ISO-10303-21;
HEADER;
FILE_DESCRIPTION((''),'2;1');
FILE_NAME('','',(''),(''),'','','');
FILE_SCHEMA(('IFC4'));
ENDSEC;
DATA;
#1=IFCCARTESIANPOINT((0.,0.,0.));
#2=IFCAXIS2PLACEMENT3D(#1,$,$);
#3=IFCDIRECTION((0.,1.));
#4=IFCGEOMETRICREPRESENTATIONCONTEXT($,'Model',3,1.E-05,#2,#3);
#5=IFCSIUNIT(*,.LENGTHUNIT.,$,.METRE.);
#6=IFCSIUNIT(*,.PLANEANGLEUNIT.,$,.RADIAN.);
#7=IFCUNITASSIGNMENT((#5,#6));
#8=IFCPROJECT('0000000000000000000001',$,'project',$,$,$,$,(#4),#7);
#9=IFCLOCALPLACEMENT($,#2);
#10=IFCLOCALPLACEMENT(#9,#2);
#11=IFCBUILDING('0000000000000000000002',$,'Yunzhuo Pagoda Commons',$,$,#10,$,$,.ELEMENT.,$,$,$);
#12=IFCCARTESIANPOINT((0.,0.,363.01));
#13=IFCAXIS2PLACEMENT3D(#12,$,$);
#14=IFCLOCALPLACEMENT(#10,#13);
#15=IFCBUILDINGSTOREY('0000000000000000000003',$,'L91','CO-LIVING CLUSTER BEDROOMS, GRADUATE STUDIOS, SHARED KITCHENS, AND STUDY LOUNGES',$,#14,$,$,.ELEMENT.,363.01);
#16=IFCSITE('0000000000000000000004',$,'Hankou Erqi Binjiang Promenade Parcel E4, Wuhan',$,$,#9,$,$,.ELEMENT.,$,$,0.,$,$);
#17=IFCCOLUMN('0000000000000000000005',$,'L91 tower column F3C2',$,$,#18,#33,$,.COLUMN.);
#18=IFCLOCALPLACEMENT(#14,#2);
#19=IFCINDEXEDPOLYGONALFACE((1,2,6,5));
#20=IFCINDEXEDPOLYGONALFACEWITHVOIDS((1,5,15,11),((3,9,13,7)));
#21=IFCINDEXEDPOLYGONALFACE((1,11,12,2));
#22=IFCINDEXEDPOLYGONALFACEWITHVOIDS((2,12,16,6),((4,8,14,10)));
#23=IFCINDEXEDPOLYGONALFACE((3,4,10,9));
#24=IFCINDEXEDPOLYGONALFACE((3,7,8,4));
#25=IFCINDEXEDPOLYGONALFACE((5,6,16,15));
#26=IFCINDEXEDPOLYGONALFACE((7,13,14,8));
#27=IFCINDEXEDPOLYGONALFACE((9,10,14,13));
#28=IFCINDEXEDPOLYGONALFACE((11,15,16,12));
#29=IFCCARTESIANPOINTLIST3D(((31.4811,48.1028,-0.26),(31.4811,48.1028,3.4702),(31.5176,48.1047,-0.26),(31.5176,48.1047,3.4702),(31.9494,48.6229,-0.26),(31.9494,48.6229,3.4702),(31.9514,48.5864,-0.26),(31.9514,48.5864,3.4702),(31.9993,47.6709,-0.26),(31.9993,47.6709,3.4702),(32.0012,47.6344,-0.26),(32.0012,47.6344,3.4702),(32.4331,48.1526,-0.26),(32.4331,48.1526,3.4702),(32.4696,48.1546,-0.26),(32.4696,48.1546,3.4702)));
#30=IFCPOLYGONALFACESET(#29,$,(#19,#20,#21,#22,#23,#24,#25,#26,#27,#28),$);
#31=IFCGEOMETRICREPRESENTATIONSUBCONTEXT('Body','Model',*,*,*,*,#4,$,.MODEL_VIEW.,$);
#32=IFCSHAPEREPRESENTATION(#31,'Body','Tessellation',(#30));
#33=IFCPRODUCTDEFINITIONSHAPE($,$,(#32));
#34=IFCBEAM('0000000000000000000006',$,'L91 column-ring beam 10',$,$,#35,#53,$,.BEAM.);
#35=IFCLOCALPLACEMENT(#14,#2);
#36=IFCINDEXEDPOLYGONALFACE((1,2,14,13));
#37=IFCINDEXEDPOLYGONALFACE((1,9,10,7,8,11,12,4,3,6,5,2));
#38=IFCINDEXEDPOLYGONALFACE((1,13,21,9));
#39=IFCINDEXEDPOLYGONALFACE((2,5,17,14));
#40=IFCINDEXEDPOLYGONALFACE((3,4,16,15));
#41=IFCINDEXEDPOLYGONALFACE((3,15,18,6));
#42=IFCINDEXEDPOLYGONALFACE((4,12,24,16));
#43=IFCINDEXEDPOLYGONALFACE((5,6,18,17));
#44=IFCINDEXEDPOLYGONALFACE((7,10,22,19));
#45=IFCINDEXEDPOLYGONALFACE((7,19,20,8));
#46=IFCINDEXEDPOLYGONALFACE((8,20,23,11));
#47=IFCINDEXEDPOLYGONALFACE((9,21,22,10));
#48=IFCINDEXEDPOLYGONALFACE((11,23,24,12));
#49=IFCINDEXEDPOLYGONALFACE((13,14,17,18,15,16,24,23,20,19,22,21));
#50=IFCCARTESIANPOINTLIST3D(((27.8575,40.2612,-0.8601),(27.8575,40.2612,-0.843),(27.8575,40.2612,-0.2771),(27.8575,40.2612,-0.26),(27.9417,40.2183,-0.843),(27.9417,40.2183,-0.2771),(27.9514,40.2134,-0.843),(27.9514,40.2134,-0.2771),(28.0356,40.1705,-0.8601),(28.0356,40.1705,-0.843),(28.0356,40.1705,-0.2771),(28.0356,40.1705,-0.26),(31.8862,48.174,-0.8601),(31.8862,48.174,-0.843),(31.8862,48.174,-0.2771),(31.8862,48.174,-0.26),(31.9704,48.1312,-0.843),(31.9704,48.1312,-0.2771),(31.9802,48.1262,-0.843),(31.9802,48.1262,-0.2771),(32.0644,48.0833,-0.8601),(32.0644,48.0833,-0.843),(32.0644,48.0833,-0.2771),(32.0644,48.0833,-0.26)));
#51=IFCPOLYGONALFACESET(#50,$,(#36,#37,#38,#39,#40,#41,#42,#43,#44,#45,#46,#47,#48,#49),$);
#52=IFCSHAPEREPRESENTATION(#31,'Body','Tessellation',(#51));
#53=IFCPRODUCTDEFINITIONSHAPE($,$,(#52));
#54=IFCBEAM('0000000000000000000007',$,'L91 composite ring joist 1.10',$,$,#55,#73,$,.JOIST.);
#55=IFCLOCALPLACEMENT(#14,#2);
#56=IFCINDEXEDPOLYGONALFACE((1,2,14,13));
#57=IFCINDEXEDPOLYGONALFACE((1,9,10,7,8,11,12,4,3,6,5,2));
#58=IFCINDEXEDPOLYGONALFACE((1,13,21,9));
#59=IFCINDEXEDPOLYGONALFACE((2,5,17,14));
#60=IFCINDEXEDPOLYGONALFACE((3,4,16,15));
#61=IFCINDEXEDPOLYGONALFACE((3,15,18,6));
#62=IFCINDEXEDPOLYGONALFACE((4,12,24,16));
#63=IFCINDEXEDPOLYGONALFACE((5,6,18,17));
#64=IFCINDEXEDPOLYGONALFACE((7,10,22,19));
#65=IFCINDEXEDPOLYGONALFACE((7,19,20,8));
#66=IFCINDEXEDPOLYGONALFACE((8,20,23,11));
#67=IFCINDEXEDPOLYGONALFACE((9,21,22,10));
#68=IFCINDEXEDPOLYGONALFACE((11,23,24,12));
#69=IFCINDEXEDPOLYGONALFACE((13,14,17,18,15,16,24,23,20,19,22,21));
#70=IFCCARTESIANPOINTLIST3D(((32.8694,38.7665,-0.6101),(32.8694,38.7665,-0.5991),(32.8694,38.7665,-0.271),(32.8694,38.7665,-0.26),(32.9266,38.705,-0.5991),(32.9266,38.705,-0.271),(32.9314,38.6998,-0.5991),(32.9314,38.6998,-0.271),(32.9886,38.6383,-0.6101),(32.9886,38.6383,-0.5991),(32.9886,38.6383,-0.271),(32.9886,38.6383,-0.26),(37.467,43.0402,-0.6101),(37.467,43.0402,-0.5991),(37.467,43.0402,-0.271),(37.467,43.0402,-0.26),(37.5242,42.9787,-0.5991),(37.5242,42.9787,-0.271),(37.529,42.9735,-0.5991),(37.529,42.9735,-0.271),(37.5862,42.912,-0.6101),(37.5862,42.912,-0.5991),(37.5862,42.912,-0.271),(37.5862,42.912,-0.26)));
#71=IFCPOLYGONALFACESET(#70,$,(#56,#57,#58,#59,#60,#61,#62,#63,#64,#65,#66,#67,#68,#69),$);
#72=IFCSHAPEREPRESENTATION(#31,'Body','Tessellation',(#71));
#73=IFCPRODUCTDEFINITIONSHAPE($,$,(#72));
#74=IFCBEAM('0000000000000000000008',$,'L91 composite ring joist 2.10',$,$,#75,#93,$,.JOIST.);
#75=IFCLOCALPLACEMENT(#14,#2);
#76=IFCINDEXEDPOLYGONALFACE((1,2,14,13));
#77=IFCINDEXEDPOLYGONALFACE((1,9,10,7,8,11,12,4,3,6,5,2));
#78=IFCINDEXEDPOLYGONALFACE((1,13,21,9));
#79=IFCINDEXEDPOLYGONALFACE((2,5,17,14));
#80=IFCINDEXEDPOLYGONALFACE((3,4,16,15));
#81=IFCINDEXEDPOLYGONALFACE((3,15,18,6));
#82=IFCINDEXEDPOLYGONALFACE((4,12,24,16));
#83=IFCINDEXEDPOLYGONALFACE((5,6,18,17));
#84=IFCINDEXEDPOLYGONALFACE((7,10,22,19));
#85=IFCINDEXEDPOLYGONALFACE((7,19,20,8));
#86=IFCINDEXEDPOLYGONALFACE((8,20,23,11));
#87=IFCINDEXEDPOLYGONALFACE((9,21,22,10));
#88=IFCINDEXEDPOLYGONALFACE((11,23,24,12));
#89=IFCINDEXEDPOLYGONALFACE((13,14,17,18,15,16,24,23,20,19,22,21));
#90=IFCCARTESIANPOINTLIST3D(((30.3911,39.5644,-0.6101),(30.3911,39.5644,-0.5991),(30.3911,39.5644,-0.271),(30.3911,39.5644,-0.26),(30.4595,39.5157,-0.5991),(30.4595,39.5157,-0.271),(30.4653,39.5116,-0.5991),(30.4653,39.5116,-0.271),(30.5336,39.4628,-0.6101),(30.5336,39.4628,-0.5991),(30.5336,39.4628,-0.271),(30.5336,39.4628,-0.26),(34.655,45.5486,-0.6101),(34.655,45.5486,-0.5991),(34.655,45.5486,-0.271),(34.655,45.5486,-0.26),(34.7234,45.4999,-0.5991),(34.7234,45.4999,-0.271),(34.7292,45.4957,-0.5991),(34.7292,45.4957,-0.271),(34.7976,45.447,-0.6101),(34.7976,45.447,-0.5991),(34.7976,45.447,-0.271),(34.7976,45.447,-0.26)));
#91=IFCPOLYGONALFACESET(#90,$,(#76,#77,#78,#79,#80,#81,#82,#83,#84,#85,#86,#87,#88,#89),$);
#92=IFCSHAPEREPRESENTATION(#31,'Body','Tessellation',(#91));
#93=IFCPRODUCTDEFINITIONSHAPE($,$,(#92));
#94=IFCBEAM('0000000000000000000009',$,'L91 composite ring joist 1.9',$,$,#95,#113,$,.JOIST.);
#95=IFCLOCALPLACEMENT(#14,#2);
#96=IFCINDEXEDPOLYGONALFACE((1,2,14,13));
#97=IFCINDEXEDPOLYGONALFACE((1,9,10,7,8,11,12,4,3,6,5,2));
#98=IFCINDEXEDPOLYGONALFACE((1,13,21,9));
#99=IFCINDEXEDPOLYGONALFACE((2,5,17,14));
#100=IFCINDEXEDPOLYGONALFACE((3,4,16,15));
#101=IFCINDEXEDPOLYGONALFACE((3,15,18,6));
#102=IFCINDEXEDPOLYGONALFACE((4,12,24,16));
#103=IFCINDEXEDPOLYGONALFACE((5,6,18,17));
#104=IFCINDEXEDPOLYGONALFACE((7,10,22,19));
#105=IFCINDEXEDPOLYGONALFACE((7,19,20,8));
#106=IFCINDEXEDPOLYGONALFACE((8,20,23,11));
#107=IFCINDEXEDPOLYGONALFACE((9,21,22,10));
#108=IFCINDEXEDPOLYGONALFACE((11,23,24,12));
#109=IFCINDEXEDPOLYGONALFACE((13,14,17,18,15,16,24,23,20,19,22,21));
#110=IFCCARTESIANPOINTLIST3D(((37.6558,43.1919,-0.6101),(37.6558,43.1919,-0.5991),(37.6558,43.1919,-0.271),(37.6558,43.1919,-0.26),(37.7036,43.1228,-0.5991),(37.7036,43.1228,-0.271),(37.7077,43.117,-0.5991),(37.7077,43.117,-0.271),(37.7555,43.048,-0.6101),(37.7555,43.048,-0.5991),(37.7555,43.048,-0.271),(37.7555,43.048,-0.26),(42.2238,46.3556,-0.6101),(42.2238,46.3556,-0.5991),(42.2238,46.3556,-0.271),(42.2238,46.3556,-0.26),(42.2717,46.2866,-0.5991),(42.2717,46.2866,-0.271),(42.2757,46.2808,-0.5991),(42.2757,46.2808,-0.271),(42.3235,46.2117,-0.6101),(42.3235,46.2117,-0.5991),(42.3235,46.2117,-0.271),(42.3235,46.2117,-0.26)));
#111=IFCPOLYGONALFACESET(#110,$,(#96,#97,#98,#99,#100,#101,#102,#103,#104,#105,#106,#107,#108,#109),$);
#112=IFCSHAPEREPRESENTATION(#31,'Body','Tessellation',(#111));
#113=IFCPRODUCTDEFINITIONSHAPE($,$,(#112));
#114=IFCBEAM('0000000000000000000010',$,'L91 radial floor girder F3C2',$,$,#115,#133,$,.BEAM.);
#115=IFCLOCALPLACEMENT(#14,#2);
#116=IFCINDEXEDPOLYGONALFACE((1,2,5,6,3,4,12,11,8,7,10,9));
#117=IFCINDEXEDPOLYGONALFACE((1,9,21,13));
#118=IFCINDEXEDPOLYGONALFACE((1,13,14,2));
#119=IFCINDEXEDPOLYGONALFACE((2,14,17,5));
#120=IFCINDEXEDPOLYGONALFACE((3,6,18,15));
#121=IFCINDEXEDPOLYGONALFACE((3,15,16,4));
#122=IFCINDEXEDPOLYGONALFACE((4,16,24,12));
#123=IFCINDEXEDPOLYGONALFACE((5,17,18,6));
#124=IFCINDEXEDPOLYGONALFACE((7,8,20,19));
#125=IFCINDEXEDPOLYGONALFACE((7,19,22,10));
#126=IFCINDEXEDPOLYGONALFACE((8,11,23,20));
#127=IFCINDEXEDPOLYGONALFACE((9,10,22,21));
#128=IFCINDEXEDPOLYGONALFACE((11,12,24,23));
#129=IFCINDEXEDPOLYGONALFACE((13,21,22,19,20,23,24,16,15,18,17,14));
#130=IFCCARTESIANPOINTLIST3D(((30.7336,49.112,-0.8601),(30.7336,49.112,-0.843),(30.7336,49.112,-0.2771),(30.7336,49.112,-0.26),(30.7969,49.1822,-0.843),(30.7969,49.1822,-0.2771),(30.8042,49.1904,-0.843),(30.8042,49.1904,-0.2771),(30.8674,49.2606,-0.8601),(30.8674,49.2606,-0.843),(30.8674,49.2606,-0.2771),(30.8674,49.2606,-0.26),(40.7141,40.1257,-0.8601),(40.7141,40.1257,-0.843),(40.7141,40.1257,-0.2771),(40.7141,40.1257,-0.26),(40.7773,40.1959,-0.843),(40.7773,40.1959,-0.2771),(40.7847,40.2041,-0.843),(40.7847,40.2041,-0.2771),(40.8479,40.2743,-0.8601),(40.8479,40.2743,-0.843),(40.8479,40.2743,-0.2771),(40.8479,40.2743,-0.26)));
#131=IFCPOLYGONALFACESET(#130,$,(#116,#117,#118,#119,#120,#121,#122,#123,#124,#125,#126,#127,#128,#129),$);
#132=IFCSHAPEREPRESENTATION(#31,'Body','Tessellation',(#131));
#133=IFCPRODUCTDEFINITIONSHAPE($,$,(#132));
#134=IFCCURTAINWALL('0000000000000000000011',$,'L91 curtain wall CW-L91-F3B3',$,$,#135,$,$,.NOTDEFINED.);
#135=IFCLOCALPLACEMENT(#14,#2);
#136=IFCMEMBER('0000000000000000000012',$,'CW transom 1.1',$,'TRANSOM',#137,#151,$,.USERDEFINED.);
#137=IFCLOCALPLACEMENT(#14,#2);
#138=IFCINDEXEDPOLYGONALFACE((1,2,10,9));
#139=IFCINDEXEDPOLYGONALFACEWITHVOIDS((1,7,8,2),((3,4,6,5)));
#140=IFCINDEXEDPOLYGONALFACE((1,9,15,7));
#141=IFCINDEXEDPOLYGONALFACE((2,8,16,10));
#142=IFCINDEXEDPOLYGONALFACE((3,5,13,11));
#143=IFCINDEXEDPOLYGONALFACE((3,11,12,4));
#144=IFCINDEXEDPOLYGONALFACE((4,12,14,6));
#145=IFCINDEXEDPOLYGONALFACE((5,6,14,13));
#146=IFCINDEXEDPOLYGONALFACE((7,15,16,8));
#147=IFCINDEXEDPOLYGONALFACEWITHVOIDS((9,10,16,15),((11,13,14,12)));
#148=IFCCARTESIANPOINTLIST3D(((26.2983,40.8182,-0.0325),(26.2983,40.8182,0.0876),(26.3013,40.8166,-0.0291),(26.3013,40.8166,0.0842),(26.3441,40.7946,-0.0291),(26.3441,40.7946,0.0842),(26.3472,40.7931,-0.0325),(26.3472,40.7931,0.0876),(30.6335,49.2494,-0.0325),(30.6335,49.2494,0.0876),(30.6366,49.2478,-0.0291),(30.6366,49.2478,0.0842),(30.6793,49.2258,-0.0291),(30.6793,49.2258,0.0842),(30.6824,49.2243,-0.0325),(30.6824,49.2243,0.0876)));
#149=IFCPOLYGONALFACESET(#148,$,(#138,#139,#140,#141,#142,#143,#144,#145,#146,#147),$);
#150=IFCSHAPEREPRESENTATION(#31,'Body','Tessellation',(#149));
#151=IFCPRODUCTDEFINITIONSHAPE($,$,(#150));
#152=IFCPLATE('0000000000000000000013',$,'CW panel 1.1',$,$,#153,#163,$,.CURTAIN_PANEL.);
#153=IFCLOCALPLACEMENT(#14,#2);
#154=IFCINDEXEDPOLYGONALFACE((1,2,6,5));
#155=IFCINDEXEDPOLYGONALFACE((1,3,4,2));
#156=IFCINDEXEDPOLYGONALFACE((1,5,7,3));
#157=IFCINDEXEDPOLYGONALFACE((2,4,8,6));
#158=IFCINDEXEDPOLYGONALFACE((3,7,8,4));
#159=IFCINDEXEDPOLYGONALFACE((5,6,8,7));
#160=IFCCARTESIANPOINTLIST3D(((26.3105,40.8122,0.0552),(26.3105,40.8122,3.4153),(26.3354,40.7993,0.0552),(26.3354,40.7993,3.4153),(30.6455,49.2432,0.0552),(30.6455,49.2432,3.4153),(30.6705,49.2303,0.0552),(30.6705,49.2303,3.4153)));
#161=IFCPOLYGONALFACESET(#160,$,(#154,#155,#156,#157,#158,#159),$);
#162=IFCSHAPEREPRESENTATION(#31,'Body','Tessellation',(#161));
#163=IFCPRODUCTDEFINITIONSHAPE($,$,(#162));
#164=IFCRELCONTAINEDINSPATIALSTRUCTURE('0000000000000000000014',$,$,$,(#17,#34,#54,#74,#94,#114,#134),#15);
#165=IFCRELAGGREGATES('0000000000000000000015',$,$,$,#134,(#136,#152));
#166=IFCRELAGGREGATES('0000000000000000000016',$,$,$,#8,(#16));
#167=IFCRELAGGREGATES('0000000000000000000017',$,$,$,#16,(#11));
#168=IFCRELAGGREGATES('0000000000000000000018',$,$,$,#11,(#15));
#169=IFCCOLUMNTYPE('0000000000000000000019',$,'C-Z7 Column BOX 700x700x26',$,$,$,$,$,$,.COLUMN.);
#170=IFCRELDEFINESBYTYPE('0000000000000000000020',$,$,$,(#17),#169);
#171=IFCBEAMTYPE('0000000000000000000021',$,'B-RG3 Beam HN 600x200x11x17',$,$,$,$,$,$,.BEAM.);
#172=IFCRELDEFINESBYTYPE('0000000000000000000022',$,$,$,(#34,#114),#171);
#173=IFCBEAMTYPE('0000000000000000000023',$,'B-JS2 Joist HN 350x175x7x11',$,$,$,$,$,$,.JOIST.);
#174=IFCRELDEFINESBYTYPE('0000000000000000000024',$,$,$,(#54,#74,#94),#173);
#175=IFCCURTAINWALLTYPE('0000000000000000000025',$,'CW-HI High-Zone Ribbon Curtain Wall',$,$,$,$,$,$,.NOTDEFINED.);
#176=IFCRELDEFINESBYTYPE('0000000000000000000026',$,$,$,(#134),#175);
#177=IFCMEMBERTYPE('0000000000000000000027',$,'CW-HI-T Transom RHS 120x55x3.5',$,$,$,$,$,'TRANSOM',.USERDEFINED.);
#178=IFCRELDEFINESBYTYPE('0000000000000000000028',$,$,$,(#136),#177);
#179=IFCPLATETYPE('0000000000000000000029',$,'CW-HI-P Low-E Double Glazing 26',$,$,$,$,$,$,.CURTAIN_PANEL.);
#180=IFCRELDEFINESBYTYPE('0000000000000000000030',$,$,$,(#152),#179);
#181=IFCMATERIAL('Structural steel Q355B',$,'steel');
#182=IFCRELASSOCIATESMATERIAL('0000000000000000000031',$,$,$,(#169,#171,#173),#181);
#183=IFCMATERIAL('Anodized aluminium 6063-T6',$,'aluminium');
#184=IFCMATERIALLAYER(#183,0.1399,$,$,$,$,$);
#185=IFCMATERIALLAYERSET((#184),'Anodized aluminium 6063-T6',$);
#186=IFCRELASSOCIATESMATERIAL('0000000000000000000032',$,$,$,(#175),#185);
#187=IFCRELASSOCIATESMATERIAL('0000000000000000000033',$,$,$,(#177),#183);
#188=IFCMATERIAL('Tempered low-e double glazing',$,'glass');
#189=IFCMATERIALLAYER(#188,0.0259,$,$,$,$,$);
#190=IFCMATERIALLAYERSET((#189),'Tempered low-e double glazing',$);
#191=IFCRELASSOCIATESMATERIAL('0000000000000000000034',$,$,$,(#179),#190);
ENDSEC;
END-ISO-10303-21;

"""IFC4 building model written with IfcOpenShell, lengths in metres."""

from ifc_helpers import new_model, si_unit, direction, frame, origin, origin_2d, place, context, subcontext, project, spatial, rectangle, hollow_rectangle, i_section, extrude, source, transform, mapped, material, layer, layer_set, material_profile, profile_set, type_object, element, aggregate, save


model = new_model("IFC4")

# Units and contexts
model_context = context("Model", 3, precision=1e-05, world=origin(), true_north=direction((0.0, 1.0)))
body_context = subcontext(model_context, "Body", "Model", "MODEL_VIEW")
ifc_project = project(units=[si_unit("LENGTHUNIT", "METRE"), si_unit("PLANEANGLEUNIT", "RADIAN")], contexts=[model_context])

# Site, building, storey
site_placement = place(None, origin())
site = spatial("IfcSite", under=ifc_project, at=site_placement, Name="Hankou Erqi Binjiang Promenade Parcel E4, Wuhan", CompositionType="ELEMENT", RefElevation=0.0)
building_placement = place(site_placement, origin())
building = spatial("IfcBuilding", under=site, at=building_placement, Name="Yunzhuo Pagoda Commons", CompositionType="ELEMENT")
storey_placement = place(building_placement, frame((0.0, 0.0, 363.01)))
storey = spatial("IfcBuildingStorey", under=building, at=storey_placement, Name="L91", Description="CO-LIVING CLUSTER BEDROOMS, GRADUATE STUDIOS, SHARED KITCHENS, AND STUDY LOUNGES", CompositionType="ELEMENT", Elevation=363.01)

# Column
ifc_material_1 = material(Name="Structural steel Q355B", Category="steel")
ifc_material_profile_1 = material_profile(ifc_material_1, hollow_rectangle(XDim=0.7, YDim=0.7, WallThickness=0.0259, at=origin_2d()), Name="Structural steel Q355B")
ifc_profile_set_1 = profile_set([ifc_material_profile_1], Name="Structural steel Q355B")
column_type = type_object("IfcColumnType", Name="C-Z7 Column BOX 700x700x26", PredefinedType="COLUMN", material=ifc_profile_set_1)
shared_shape_1 = source(origin(), body_context, "Body", "SweptSolid", [
    extrude(hollow_rectangle(XDim=0.7, YDim=0.7, WallThickness=0.0259, at=origin_2d()), origin(), (0.0, 0.0, 1.0), 3.7302),
])
column_placement = place(storey_placement, frame((31.9753, 48.1287, -0.26), z_axis=(0.0, 0.0, 1.0), x_axis=(-0.669131, -0.743145, 0.0)))
element("IfcColumn", 1, at=column_placement, inside=storey, type_object=column_type, Name="L91 tower column F3C2", PredefinedType="COLUMN", context=body_context, shape_type="MappedRepresentation", body=[
    mapped(shared_shape_1, transform((0.0, 0.0, 0.0), scale=1.0)),
])

# Beams
ifc_material_profile_2 = material_profile(ifc_material_1, i_section(OverallWidth=0.2, OverallDepth=0.6001, WebThickness=0.011, FlangeThickness=0.0171, at=origin_2d()), Name="Structural steel Q355B")
ifc_profile_set_2 = profile_set([ifc_material_profile_2], Name="Structural steel Q355B")
beam_type_1 = type_object("IfcBeamType", Name="B-RG3 Beam HN 600x200x11x17", PredefinedType="BEAM", material=ifc_profile_set_2)
shared_shape_2 = source(origin(), body_context, "Body", "SweptSolid", [
    extrude(i_section(OverallWidth=0.2, OverallDepth=0.6001, WebThickness=0.011, FlangeThickness=0.0171, at=origin_2d()), origin(), (0.0, 0.0, 1.0), 8.8794),
])
beam_1_placement = place(storey_placement, frame((31.9753, 48.1287, -0.5601), z_axis=(-0.453724, -0.891142, 0.0), x_axis=(0.891142, -0.453724, 0.0)))
element("IfcBeam", 2, at=beam_1_placement, inside=storey, type_object=beam_type_1, Name="L91 column-ring beam 10", PredefinedType="BEAM", context=body_context, shape_type="MappedRepresentation", body=[
    mapped(shared_shape_2, transform((0.0, 0.0, 0.0), scale=1.0)),
])
ifc_material_profile_3 = material_profile(ifc_material_1, i_section(OverallWidth=0.175, OverallDepth=0.3501, WebThickness=0.0071, FlangeThickness=0.011, at=origin_2d()), Name="Structural steel Q355B")
ifc_profile_set_3 = profile_set([ifc_material_profile_3], Name="Structural steel Q355B")
beam_type_2 = type_object("IfcBeamType", Name="B-JS2 Joist HN 350x175x7x11", PredefinedType="JOIST", material=ifc_profile_set_3)
shared_shape_3 = source(origin(), body_context, "Body", "SweptSolid", [
    extrude(i_section(OverallWidth=0.175, OverallDepth=0.3501, WebThickness=0.0071, FlangeThickness=0.011, at=origin_2d()), origin(), (0.0, 0.0, 1.0), 6.2771),
])
beam_2_placement = place(storey_placement, frame((37.5266, 42.9761, -0.4351), z_axis=(-0.732442, -0.68083, 0.0), x_axis=(0.68083, -0.732442, 0.0)))
element("IfcBeam", 3, at=beam_2_placement, inside=storey, type_object=beam_type_2, Name="L91 composite ring joist 1.10", PredefinedType="JOIST", context=body_context, shape_type="MappedRepresentation", body=[
    mapped(shared_shape_3, transform((0.0, 0.0, 0.0), scale=1.0)),
])
shared_shape_4 = source(origin(), body_context, "Body", "SweptSolid", [
    extrude(i_section(OverallWidth=0.175, OverallDepth=0.3501, WebThickness=0.0071, FlangeThickness=0.011, at=origin_2d()), origin(), (0.0, 0.0, 1.0), 7.3479),
])
beam_3_placement = place(storey_placement, frame((34.7263, 45.4978, -0.4351), z_axis=(-0.580295, -0.814406, 0.0), x_axis=(0.814406, -0.580295, 0.0)))
element("IfcBeam", 4, at=beam_3_placement, inside=storey, type_object=beam_type_2, Name="L91 composite ring joist 2.10", PredefinedType="JOIST", context=body_context, shape_type="MappedRepresentation", body=[
    mapped(shared_shape_4, transform((0.0, 0.0, 0.0), scale=1.0)),
])
shared_shape_5 = source(origin(), body_context, "Body", "SweptSolid", [
    extrude(i_section(OverallWidth=0.175, OverallDepth=0.3501, WebThickness=0.0071, FlangeThickness=0.011, at=origin_2d()), origin(), (0.0, 0.0, 1.0), 5.5566),
])
beam_4_placement = place(storey_placement, frame((42.2737, 46.2837, -0.4351), z_axis=(-0.822085, -0.569365, 0.0), x_axis=(0.569365, -0.822085, 0.0)))
element("IfcBeam", 5, at=beam_4_placement, inside=storey, type_object=beam_type_2, Name="L91 composite ring joist 1.9", PredefinedType="JOIST", context=body_context, shape_type="MappedRepresentation", body=[
    mapped(shared_shape_5, transform((0.0, 0.0, 0.0), scale=1.0)),
])
shared_shape_6 = source(origin(), body_context, "Body", "SweptSolid", [
    extrude(i_section(OverallWidth=0.2, OverallDepth=0.6001, WebThickness=0.011, FlangeThickness=0.0171, at=origin_2d()), origin(), (0.0, 0.0, 1.0), 13.4299),
])
beam_5_placement = place(storey_placement, frame((30.8005, 49.1863, -0.5601), z_axis=(0.74315, -0.669125, 0.0), x_axis=(0.669125, 0.74315, 0.0)))
element("IfcBeam", 6, at=beam_5_placement, inside=storey, type_object=beam_type_1, Name="L91 radial floor girder F3C2", PredefinedType="BEAM", context=body_context, shape_type="MappedRepresentation", body=[
    mapped(shared_shape_6, transform((0.0, 0.0, 0.0), scale=1.0)),
])

# Curtain wall, member, plate
ifc_material_2 = material(Name="Anodized aluminium 6063-T6", Category="aluminium")
ifc_layer_1 = layer(ifc_material_2, 0.1399)
ifc_layer_set_1 = layer_set([ifc_layer_1], Name="Anodized aluminium 6063-T6")
curtain_wall_type = type_object("IfcCurtainWallType", Name="CW-HI High-Zone Ribbon Curtain Wall", PredefinedType="NOTDEFINED", material=ifc_layer_set_1)
curtain_wall_placement = place(storey_placement, origin())
curtain_wall = element("IfcCurtainWall", 7, at=curtain_wall_placement, inside=storey, type_object=curtain_wall_type, Name="L91 curtain wall CW-L91-F3B3", PredefinedType="NOTDEFINED")
ifc_material_profile_4 = material_profile(ifc_material_2, hollow_rectangle(XDim=0.0549, YDim=0.1201, WallThickness=0.0034, at=origin_2d()), Name="Anodized aluminium 6063-T6")
ifc_profile_set_4 = profile_set([ifc_material_profile_4], Name="Anodized aluminium 6063-T6")
member_type = type_object("IfcMemberType", Name="CW-HI-T Transom RHS 120x55x3.5", ElementType="TRANSOM", PredefinedType="USERDEFINED", material=ifc_profile_set_4)
shared_shape_7 = source(origin(), body_context, "Body", "SweptSolid", [
    extrude(hollow_rectangle(XDim=0.0549, YDim=0.1201, WallThickness=0.0034, at=origin_2d()), origin(), (0.0, 0.0, 1.0), 9.4805),
])
member_placement = place(storey_placement, frame((30.658, 49.2368, 0.0276), z_axis=(-0.45728, -0.889323, 0.0), x_axis=(0.889323, -0.45728, 0.0)))
member = element("IfcMember", 8, at=member_placement, type_object=member_type, Name="CW transom 1.1", ObjectType="TRANSOM", PredefinedType="USERDEFINED", context=body_context, shape_type="MappedRepresentation", body=[
    mapped(shared_shape_7, transform((0.0, 0.0, 0.0), scale=1.0)),
])
ifc_material_3 = material(Name="Tempered low-e double glazing", Category="glass")
ifc_layer_2 = layer(ifc_material_3, 0.0259)
ifc_layer_set_2 = layer_set([ifc_layer_2], Name="Tempered low-e double glazing")
plate_type = type_object("IfcPlateType", Name="CW-HI-P Low-E Double Glazing 26", PredefinedType="CURTAIN_PANEL", material=ifc_layer_set_2)
shared_shape_8 = source(origin(), body_context, "Body", "SweptSolid", [
    extrude(rectangle(XDim=9.4802, YDim=0.0281, at=origin_2d()), origin(), (0.0, 0.0, 1.0), 3.3601),
])
plate_placement = place(storey_placement, frame((28.4905, 45.0212, 0.0552), z_axis=(0.0, 0.0, 1.0), x_axis=(-0.457276, -0.889325, 0.0)))
plate = element("IfcPlate", 9, at=plate_placement, type_object=plate_type, Name="CW panel 1.1", PredefinedType="CURTAIN_PANEL", context=body_context, shape_type="MappedRepresentation", body=[
    mapped(shared_shape_8, transform((0.0, 0.0, 0.0), scale=1.0)),
])
aggregate(curtain_wall, [member, plate])

save(model, "model.ifc")
